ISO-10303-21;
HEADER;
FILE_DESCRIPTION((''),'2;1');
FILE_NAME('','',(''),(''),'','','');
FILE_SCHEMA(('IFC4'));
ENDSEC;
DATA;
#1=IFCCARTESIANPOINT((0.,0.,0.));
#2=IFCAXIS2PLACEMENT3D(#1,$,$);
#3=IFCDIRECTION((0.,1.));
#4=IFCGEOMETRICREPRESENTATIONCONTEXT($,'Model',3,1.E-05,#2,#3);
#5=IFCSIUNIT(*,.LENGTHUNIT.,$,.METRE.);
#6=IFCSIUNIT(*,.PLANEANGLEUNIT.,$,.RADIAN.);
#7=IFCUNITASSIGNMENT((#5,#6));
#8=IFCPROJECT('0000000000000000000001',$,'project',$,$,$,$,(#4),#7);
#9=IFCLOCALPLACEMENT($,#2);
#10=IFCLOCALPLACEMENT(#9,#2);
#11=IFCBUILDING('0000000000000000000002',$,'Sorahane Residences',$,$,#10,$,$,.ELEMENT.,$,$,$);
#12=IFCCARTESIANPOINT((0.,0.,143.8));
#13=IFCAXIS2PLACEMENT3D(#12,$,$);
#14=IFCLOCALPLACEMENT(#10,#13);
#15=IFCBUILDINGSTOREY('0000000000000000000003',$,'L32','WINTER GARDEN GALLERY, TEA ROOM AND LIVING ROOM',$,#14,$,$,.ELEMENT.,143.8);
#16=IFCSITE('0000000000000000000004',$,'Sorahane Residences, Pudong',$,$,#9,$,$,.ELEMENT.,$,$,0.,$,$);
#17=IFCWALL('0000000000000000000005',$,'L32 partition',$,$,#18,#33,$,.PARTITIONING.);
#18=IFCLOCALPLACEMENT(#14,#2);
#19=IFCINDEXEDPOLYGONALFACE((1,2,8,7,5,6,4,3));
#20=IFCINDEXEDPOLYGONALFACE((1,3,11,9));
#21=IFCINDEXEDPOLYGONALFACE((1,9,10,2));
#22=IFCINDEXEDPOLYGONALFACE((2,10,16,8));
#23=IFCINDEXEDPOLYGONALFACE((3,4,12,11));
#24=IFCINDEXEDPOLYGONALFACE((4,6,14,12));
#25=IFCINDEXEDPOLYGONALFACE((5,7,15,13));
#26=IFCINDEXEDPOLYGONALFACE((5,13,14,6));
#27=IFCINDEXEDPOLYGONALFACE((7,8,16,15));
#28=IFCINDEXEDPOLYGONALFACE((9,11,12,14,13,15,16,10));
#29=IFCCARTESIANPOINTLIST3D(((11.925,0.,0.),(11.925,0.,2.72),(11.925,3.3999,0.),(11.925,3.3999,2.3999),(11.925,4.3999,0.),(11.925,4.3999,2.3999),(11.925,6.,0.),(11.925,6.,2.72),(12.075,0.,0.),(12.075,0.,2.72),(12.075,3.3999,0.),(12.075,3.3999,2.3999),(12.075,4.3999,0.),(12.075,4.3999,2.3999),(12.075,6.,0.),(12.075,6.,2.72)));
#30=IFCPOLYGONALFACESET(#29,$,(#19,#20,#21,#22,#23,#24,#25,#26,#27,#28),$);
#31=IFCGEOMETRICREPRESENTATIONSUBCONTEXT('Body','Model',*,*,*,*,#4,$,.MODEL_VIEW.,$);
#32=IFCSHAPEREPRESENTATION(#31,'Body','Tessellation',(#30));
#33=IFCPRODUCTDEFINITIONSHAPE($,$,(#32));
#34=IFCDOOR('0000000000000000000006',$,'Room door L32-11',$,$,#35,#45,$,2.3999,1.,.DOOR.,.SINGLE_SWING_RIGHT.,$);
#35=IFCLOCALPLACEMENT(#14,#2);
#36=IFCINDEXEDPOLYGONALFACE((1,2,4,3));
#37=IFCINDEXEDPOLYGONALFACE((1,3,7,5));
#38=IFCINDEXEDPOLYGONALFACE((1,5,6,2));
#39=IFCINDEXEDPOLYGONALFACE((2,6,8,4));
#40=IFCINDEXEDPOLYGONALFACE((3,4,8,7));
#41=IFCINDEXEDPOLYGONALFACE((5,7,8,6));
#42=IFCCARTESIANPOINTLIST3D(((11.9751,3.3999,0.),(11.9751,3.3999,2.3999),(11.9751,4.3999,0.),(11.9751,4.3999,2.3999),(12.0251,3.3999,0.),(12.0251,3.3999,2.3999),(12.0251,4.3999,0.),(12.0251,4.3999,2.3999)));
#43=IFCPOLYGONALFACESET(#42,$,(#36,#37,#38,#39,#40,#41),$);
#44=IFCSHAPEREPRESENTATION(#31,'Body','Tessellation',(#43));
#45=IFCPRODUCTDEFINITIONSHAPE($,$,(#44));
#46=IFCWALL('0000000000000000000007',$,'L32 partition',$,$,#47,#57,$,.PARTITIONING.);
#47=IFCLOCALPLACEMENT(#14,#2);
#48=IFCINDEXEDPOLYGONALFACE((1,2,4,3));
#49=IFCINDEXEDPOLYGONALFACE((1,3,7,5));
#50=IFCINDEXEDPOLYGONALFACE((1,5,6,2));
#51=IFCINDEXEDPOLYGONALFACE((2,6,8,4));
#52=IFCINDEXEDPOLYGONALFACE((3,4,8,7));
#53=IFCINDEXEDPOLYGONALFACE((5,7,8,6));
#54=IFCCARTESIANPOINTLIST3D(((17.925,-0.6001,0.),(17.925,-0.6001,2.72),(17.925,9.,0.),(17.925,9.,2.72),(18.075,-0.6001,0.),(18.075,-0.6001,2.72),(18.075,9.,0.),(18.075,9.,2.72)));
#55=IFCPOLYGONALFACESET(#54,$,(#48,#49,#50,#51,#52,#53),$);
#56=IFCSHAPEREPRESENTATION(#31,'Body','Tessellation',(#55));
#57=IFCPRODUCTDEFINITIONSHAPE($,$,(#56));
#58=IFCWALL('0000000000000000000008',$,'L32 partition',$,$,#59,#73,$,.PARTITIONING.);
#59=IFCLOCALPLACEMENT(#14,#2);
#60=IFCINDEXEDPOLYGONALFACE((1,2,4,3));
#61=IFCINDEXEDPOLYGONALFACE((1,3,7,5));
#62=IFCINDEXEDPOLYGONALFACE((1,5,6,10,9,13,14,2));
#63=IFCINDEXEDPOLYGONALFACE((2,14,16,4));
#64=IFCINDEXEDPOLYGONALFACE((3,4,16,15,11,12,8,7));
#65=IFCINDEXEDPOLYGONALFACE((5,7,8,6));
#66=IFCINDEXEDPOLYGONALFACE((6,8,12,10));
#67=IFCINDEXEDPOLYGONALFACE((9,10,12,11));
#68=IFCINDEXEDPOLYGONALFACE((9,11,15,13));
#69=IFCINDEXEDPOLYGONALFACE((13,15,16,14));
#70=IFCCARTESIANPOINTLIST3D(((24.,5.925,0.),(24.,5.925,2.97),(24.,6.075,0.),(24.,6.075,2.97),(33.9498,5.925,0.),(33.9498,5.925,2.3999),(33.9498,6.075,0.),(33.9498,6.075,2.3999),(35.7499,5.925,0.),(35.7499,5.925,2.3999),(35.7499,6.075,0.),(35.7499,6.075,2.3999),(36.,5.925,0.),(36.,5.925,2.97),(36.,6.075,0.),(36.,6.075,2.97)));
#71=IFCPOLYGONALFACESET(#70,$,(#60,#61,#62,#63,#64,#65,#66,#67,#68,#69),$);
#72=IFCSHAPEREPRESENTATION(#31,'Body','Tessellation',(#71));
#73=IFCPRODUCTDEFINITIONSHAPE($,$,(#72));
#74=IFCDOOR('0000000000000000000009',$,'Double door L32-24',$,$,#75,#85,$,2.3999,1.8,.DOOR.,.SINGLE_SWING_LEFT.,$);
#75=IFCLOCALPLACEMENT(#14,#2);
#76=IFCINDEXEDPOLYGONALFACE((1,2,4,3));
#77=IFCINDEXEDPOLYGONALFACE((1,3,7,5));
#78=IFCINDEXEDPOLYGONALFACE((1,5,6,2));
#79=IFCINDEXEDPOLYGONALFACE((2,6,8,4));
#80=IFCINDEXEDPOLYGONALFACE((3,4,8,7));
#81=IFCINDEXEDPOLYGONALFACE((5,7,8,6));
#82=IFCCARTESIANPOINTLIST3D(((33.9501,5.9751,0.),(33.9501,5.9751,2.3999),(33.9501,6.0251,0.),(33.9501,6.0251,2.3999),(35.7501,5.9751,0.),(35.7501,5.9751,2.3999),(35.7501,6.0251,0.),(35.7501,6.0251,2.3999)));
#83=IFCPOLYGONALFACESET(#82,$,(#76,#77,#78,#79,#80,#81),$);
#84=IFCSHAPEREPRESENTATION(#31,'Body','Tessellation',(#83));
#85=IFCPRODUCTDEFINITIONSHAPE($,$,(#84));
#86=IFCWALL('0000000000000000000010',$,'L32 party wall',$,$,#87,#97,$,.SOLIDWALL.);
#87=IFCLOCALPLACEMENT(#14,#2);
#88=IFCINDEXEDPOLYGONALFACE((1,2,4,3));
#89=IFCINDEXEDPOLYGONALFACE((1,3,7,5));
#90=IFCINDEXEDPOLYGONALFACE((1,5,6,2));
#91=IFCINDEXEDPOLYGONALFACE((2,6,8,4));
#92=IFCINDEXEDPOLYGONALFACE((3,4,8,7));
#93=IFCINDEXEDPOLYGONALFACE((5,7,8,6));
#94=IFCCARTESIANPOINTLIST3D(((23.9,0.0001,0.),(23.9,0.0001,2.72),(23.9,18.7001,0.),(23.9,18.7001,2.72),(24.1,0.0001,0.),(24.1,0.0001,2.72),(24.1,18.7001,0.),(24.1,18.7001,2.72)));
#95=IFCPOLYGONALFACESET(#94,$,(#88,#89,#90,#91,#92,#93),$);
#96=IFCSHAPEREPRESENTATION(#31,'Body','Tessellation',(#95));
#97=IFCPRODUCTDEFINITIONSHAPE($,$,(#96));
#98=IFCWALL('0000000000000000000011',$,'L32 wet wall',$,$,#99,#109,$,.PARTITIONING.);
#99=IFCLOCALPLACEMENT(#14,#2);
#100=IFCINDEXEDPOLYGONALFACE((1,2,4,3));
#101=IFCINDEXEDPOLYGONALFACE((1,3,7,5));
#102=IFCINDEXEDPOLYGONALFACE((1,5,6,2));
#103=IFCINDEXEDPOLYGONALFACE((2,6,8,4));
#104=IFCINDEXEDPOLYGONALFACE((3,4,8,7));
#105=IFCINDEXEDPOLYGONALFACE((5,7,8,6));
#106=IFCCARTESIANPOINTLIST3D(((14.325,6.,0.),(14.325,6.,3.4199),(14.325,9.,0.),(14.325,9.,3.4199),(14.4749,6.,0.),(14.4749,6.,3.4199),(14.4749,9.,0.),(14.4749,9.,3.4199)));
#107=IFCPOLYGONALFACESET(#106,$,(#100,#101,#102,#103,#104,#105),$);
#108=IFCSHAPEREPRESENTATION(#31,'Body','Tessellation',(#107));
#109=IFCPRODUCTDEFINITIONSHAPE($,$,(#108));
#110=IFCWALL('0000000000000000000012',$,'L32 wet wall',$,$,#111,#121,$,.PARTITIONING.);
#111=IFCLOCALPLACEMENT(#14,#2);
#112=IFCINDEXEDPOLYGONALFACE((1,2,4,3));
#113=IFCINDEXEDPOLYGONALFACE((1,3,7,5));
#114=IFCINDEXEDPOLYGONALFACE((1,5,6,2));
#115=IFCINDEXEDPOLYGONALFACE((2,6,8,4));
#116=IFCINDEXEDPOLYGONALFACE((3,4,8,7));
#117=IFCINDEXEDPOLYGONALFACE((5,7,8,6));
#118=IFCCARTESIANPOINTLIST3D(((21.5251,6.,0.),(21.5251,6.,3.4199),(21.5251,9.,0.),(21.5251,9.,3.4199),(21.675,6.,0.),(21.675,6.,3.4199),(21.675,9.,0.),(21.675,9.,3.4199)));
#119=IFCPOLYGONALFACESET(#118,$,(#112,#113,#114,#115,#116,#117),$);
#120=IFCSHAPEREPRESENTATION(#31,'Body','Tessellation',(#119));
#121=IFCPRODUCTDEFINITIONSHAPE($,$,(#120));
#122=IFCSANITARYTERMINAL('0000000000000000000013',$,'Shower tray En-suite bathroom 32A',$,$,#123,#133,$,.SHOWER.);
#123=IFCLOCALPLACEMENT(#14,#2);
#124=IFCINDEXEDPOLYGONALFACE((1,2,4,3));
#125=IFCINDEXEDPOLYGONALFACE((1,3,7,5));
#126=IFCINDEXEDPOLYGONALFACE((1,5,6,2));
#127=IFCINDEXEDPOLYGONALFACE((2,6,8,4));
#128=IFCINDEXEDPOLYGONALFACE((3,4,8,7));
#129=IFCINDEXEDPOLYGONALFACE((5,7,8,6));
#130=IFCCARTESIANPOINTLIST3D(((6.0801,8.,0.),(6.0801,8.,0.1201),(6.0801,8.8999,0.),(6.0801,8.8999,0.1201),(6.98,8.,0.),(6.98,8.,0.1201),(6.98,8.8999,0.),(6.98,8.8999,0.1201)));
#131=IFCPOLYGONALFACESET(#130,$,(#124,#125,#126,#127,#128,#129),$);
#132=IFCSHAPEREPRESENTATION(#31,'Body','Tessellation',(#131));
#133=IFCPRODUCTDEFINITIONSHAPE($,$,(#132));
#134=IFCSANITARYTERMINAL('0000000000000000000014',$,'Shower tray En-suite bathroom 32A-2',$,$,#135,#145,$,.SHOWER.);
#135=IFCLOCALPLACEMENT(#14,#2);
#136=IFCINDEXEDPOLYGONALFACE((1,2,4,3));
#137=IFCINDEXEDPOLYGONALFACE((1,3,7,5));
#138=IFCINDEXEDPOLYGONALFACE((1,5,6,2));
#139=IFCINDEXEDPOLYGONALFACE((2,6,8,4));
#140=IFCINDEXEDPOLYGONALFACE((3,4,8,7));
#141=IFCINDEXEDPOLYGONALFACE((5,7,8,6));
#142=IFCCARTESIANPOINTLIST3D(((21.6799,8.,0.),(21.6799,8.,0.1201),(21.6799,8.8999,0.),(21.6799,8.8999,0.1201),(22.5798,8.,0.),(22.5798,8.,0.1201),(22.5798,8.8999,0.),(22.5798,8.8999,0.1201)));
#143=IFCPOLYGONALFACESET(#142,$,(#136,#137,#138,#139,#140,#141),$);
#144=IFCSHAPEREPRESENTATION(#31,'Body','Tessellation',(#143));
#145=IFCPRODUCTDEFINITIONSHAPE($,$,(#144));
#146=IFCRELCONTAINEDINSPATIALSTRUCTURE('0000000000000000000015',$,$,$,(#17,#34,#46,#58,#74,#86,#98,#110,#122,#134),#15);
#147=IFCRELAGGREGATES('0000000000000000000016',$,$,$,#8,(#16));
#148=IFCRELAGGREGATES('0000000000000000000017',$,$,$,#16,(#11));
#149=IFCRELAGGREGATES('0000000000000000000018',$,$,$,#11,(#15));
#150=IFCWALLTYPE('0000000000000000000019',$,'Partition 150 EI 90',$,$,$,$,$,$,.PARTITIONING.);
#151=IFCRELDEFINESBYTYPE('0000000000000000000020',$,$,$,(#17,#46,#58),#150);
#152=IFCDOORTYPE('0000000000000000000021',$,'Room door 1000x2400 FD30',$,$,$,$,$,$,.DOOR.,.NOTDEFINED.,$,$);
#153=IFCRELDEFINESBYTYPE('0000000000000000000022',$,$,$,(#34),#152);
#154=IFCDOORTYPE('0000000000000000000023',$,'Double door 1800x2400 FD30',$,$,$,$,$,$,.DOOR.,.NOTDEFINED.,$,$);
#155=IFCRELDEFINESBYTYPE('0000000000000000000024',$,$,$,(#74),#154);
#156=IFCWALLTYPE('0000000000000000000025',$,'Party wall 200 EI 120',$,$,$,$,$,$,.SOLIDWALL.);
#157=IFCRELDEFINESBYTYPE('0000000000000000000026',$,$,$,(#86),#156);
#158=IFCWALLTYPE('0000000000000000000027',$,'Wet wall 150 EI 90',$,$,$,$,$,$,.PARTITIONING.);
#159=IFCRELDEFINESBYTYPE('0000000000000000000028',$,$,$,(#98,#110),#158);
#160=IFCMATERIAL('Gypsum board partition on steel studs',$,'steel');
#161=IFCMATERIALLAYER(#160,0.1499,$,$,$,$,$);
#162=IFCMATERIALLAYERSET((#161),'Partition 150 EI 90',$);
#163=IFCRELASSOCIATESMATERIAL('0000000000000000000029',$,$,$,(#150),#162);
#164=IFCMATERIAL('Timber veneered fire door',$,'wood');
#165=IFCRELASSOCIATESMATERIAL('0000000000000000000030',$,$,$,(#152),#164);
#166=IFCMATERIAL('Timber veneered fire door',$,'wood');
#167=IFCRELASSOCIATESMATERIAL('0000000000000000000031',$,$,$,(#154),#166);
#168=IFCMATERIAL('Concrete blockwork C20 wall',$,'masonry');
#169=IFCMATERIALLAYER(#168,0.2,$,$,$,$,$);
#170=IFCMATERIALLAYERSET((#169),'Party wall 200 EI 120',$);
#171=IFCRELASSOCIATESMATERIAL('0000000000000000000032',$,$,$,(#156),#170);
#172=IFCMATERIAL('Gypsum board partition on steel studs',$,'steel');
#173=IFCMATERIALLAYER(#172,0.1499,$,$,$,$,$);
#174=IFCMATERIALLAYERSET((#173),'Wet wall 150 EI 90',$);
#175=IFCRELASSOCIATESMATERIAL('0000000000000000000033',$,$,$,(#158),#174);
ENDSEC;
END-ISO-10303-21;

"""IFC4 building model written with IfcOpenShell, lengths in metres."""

from ifc_helpers import new_model, si_unit, direction, frame, frame_2d, origin, origin_2d, place, context, subcontext, project, spatial, rectangle, extrude, material, layer, layer_set, type_object, element, fill, save


model = new_model("IFC4")

# Units and contexts
model_context = context("Model", 3, precision=1e-05, world=origin(), true_north=direction((0.0, 1.0)))
body_context = subcontext(model_context, "Body", "Model", "MODEL_VIEW")
ifc_project = project(units=[si_unit("LENGTHUNIT", "METRE"), si_unit("PLANEANGLEUNIT", "RADIAN")], contexts=[model_context])

# Site, building, storey
site_placement = place(None, origin())
site = spatial("IfcSite", under=ifc_project, at=site_placement, Name="Sorahane Residences, Pudong", CompositionType="ELEMENT", RefElevation=0.0)
building_placement = place(site_placement, origin())
building = spatial("IfcBuilding", under=site, at=building_placement, Name="Sorahane Residences", CompositionType="ELEMENT")
storey_placement = place(building_placement, frame((0.0, 0.0, 143.8)))
storey = spatial("IfcBuildingStorey", under=building, at=storey_placement, Name="L32", Description="WINTER GARDEN GALLERY, TEA ROOM AND LIVING ROOM", CompositionType="ELEMENT", Elevation=143.8)

# Wall, opening, door
ifc_material_1 = material(Name="Gypsum board partition on steel studs", Category="steel")
ifc_layer_1 = layer(ifc_material_1, 0.1499)
ifc_layer_set_1 = layer_set([ifc_layer_1], Name="Partition 150 EI 90")
wall_type_1 = type_object("IfcWallType", Name="Partition 150 EI 90", PredefinedType="PARTITIONING", material=ifc_layer_set_1)
wall_1_placement = place(storey_placement, frame((12.0, 0.0, 0.0), z_axis=(0.0, 0.0, 1.0), x_axis=(0.0, 1.0, 0.0)))
wall_1 = element("IfcWall", 1, at=wall_1_placement, inside=storey, type_object=wall_type_1, Name="L32 partition", PredefinedType="PARTITIONING", context=body_context, shape_type="SweptSolid", body=[
    extrude(rectangle(XDim=6.0, YDim=0.1499, at=frame_2d((3.0, 0.0))), origin(), (0.0, 0.0, 1.0), 2.72),
])
opening_1_placement = place(wall_1_placement, frame((3.3999, 0.0, 0.0)))
opening_1 = element("IfcOpeningElement", 2, at=opening_1_placement, cuts=wall_1, PredefinedType="OPENING", context=body_context, shape_type="SweptSolid", body=[
    extrude(rectangle(XDim=1.0, YDim=2.3999, at=frame_2d((0.5, 1.2))), frame((0.0, 0.085, 0.0), z_axis=(0.0, -1.0, 0.0), x_axis=(1.0, 0.0, 0.0)), (0.0, 0.0, 1.0), 0.1699),
])
ifc_material_2 = material(Name="Timber veneered fire door", Category="wood")
door_type_1 = type_object("IfcDoorType", Name="Room door 1000x2400 FD30", OperationType="NOTDEFINED", PredefinedType="DOOR", material=ifc_material_2)
door_1_placement = place(opening_1_placement, origin())
door_1 = element("IfcDoor", 3, at=door_1_placement, inside=storey, type_object=door_type_1, Name="Room door L32-11", OperationType="SINGLE_SWING_RIGHT", OverallHeight=2.3999, OverallWidth=1.0, PredefinedType="DOOR", context=body_context, shape_type="SweptSolid", body=[
    extrude(rectangle(XDim=1.0, YDim=2.3999, at=frame_2d((0.5, 1.2))), frame((0.0, 0.0249, 0.0), z_axis=(0.0, -1.0, 0.0), x_axis=(1.0, 0.0, 0.0)), (0.0, 0.0, 1.0), 0.05),
])
fill(opening_1, door_1)

# Wall
wall_2_placement = place(storey_placement, frame((18.0, -0.6001, 0.0), z_axis=(0.0, 0.0, 1.0), x_axis=(0.0, 1.0, 0.0)))
element("IfcWall", 4, at=wall_2_placement, inside=storey, type_object=wall_type_1, Name="L32 partition", PredefinedType="PARTITIONING", context=body_context, shape_type="SweptSolid", body=[
    extrude(rectangle(XDim=9.6001, YDim=0.1499, at=frame_2d((4.8, 0.0))), origin(), (0.0, 0.0, 1.0), 2.72),
])

# Wall, opening, door
wall_3_placement = place(storey_placement, frame((24.0, 6.0, 0.0), z_axis=(0.0, 0.0, 1.0), x_axis=(1.0, 0.0, 0.0)))
wall_3 = element("IfcWall", 5, at=wall_3_placement, inside=storey, type_object=wall_type_1, Name="L32 partition", PredefinedType="PARTITIONING", context=body_context, shape_type="SweptSolid", body=[
    extrude(rectangle(XDim=12.0, YDim=0.1499, at=frame_2d((6.0, 0.0))), origin(), (0.0, 0.0, 1.0), 2.97),
])
opening_2_placement = place(wall_3_placement, frame((9.95, 0.0, 0.0)))
opening_2 = element("IfcOpeningElement", 6, at=opening_2_placement, cuts=wall_3, PredefinedType="OPENING", context=body_context, shape_type="SweptSolid", body=[
    extrude(rectangle(XDim=1.8, YDim=2.3999, at=frame_2d((0.8999, 1.2))), frame((0.0, 0.085, 0.0), z_axis=(0.0, -1.0, 0.0), x_axis=(1.0, 0.0, 0.0)), (0.0, 0.0, 1.0), 0.1699),
])
ifc_material_3 = material(Name="Timber veneered fire door", Category="wood")
door_type_2 = type_object("IfcDoorType", Name="Double door 1800x2400 FD30", OperationType="NOTDEFINED", PredefinedType="DOOR", material=ifc_material_3)
door_2_placement = place(opening_2_placement, frame((1.8, 0.0, 0.0), z_axis=(0.0, 0.0, 1.0), x_axis=(-1.0, 0.0, 0.0)))
door_2 = element("IfcDoor", 7, at=door_2_placement, inside=storey, type_object=door_type_2, Name="Double door L32-24", OperationType="SINGLE_SWING_LEFT", OverallHeight=2.3999, OverallWidth=1.8, PredefinedType="DOOR", context=body_context, shape_type="SweptSolid", body=[
    extrude(rectangle(XDim=1.8, YDim=2.3999, at=frame_2d((0.8999, 1.2))), frame((0.0, 0.0249, 0.0), z_axis=(0.0, -1.0, 0.0), x_axis=(1.0, 0.0, 0.0)), (0.0, 0.0, 1.0), 0.05),
])
fill(opening_2, door_2)

# Walls
ifc_material_4 = material(Name="Concrete blockwork C20 wall", Category="masonry")
ifc_layer_2 = layer(ifc_material_4, 0.2)
ifc_layer_set_2 = layer_set([ifc_layer_2], Name="Party wall 200 EI 120")
wall_type_2 = type_object("IfcWallType", Name="Party wall 200 EI 120", PredefinedType="SOLIDWALL", material=ifc_layer_set_2)
wall_4_placement = place(storey_placement, frame((24.0, 0.0, 0.0), z_axis=(0.0, 0.0, 1.0), x_axis=(0.0, 1.0, 0.0)))
element("IfcWall", 8, at=wall_4_placement, inside=storey, type_object=wall_type_2, Name="L32 party wall", PredefinedType="SOLIDWALL", context=body_context, shape_type="SweptSolid", body=[
    extrude(rectangle(XDim=18.7, YDim=0.2, at=frame_2d((9.3501, 0.0))), origin(), (0.0, 0.0, 1.0), 2.72),
])
ifc_material_5 = material(Name="Gypsum board partition on steel studs", Category="steel")
ifc_layer_3 = layer(ifc_material_5, 0.1499)
ifc_layer_set_3 = layer_set([ifc_layer_3], Name="Wet wall 150 EI 90")
wall_type_3 = type_object("IfcWallType", Name="Wet wall 150 EI 90", PredefinedType="PARTITIONING", material=ifc_layer_set_3)
for number, where, z_axis, x_axis, name in (
    (9, (14.3999, 6.0, 0.0), (0.0, 0.0, 1.0), (0.0, 1.0, 0.0), "L32 wet wall"),
    (10, (21.6001, 6.0, 0.0), (0.0, 0.0, 1.0), (0.0, 1.0, 0.0), "L32 wet wall"),
):
    element("IfcWall", number, at=place(storey_placement, frame(where, z_axis=z_axis, x_axis=x_axis)), inside=storey, type_object=wall_type_3, Name=name, PredefinedType="PARTITIONING", context=body_context, shape_type="SweptSolid", body=[
        extrude(rectangle(XDim=3.0, YDim=0.1499, at=frame_2d((1.5, 0.0))), origin(), (0.0, 0.0, 1.0), 3.4199),
    ])

# Sanitary terminals
for number, where, z_axis, x_axis, name in (
    (11, (6.53, 8.45, 0.0), (0.0, 0.0, 1.0), (1.0, 0.0, 0.0), "Shower tray En-suite bathroom 32A"),
    (12, (22.1299, 8.45, 0.0), (0.0, 0.0, 1.0), (1.0, 0.0, 0.0), "Shower tray En-suite bathroom 32A-2"),
):
    element("IfcSanitaryTerminal", number, at=place(storey_placement, frame(where, z_axis=z_axis, x_axis=x_axis)), inside=storey, Name=name, PredefinedType="SHOWER", context=body_context, shape_type="SweptSolid", body=[
        extrude(rectangle(XDim=0.8999, YDim=0.8999, at=origin_2d()), origin(), (0.0, 0.0, 1.0), 0.1201),
    ])

save(model, "model.ifc")
